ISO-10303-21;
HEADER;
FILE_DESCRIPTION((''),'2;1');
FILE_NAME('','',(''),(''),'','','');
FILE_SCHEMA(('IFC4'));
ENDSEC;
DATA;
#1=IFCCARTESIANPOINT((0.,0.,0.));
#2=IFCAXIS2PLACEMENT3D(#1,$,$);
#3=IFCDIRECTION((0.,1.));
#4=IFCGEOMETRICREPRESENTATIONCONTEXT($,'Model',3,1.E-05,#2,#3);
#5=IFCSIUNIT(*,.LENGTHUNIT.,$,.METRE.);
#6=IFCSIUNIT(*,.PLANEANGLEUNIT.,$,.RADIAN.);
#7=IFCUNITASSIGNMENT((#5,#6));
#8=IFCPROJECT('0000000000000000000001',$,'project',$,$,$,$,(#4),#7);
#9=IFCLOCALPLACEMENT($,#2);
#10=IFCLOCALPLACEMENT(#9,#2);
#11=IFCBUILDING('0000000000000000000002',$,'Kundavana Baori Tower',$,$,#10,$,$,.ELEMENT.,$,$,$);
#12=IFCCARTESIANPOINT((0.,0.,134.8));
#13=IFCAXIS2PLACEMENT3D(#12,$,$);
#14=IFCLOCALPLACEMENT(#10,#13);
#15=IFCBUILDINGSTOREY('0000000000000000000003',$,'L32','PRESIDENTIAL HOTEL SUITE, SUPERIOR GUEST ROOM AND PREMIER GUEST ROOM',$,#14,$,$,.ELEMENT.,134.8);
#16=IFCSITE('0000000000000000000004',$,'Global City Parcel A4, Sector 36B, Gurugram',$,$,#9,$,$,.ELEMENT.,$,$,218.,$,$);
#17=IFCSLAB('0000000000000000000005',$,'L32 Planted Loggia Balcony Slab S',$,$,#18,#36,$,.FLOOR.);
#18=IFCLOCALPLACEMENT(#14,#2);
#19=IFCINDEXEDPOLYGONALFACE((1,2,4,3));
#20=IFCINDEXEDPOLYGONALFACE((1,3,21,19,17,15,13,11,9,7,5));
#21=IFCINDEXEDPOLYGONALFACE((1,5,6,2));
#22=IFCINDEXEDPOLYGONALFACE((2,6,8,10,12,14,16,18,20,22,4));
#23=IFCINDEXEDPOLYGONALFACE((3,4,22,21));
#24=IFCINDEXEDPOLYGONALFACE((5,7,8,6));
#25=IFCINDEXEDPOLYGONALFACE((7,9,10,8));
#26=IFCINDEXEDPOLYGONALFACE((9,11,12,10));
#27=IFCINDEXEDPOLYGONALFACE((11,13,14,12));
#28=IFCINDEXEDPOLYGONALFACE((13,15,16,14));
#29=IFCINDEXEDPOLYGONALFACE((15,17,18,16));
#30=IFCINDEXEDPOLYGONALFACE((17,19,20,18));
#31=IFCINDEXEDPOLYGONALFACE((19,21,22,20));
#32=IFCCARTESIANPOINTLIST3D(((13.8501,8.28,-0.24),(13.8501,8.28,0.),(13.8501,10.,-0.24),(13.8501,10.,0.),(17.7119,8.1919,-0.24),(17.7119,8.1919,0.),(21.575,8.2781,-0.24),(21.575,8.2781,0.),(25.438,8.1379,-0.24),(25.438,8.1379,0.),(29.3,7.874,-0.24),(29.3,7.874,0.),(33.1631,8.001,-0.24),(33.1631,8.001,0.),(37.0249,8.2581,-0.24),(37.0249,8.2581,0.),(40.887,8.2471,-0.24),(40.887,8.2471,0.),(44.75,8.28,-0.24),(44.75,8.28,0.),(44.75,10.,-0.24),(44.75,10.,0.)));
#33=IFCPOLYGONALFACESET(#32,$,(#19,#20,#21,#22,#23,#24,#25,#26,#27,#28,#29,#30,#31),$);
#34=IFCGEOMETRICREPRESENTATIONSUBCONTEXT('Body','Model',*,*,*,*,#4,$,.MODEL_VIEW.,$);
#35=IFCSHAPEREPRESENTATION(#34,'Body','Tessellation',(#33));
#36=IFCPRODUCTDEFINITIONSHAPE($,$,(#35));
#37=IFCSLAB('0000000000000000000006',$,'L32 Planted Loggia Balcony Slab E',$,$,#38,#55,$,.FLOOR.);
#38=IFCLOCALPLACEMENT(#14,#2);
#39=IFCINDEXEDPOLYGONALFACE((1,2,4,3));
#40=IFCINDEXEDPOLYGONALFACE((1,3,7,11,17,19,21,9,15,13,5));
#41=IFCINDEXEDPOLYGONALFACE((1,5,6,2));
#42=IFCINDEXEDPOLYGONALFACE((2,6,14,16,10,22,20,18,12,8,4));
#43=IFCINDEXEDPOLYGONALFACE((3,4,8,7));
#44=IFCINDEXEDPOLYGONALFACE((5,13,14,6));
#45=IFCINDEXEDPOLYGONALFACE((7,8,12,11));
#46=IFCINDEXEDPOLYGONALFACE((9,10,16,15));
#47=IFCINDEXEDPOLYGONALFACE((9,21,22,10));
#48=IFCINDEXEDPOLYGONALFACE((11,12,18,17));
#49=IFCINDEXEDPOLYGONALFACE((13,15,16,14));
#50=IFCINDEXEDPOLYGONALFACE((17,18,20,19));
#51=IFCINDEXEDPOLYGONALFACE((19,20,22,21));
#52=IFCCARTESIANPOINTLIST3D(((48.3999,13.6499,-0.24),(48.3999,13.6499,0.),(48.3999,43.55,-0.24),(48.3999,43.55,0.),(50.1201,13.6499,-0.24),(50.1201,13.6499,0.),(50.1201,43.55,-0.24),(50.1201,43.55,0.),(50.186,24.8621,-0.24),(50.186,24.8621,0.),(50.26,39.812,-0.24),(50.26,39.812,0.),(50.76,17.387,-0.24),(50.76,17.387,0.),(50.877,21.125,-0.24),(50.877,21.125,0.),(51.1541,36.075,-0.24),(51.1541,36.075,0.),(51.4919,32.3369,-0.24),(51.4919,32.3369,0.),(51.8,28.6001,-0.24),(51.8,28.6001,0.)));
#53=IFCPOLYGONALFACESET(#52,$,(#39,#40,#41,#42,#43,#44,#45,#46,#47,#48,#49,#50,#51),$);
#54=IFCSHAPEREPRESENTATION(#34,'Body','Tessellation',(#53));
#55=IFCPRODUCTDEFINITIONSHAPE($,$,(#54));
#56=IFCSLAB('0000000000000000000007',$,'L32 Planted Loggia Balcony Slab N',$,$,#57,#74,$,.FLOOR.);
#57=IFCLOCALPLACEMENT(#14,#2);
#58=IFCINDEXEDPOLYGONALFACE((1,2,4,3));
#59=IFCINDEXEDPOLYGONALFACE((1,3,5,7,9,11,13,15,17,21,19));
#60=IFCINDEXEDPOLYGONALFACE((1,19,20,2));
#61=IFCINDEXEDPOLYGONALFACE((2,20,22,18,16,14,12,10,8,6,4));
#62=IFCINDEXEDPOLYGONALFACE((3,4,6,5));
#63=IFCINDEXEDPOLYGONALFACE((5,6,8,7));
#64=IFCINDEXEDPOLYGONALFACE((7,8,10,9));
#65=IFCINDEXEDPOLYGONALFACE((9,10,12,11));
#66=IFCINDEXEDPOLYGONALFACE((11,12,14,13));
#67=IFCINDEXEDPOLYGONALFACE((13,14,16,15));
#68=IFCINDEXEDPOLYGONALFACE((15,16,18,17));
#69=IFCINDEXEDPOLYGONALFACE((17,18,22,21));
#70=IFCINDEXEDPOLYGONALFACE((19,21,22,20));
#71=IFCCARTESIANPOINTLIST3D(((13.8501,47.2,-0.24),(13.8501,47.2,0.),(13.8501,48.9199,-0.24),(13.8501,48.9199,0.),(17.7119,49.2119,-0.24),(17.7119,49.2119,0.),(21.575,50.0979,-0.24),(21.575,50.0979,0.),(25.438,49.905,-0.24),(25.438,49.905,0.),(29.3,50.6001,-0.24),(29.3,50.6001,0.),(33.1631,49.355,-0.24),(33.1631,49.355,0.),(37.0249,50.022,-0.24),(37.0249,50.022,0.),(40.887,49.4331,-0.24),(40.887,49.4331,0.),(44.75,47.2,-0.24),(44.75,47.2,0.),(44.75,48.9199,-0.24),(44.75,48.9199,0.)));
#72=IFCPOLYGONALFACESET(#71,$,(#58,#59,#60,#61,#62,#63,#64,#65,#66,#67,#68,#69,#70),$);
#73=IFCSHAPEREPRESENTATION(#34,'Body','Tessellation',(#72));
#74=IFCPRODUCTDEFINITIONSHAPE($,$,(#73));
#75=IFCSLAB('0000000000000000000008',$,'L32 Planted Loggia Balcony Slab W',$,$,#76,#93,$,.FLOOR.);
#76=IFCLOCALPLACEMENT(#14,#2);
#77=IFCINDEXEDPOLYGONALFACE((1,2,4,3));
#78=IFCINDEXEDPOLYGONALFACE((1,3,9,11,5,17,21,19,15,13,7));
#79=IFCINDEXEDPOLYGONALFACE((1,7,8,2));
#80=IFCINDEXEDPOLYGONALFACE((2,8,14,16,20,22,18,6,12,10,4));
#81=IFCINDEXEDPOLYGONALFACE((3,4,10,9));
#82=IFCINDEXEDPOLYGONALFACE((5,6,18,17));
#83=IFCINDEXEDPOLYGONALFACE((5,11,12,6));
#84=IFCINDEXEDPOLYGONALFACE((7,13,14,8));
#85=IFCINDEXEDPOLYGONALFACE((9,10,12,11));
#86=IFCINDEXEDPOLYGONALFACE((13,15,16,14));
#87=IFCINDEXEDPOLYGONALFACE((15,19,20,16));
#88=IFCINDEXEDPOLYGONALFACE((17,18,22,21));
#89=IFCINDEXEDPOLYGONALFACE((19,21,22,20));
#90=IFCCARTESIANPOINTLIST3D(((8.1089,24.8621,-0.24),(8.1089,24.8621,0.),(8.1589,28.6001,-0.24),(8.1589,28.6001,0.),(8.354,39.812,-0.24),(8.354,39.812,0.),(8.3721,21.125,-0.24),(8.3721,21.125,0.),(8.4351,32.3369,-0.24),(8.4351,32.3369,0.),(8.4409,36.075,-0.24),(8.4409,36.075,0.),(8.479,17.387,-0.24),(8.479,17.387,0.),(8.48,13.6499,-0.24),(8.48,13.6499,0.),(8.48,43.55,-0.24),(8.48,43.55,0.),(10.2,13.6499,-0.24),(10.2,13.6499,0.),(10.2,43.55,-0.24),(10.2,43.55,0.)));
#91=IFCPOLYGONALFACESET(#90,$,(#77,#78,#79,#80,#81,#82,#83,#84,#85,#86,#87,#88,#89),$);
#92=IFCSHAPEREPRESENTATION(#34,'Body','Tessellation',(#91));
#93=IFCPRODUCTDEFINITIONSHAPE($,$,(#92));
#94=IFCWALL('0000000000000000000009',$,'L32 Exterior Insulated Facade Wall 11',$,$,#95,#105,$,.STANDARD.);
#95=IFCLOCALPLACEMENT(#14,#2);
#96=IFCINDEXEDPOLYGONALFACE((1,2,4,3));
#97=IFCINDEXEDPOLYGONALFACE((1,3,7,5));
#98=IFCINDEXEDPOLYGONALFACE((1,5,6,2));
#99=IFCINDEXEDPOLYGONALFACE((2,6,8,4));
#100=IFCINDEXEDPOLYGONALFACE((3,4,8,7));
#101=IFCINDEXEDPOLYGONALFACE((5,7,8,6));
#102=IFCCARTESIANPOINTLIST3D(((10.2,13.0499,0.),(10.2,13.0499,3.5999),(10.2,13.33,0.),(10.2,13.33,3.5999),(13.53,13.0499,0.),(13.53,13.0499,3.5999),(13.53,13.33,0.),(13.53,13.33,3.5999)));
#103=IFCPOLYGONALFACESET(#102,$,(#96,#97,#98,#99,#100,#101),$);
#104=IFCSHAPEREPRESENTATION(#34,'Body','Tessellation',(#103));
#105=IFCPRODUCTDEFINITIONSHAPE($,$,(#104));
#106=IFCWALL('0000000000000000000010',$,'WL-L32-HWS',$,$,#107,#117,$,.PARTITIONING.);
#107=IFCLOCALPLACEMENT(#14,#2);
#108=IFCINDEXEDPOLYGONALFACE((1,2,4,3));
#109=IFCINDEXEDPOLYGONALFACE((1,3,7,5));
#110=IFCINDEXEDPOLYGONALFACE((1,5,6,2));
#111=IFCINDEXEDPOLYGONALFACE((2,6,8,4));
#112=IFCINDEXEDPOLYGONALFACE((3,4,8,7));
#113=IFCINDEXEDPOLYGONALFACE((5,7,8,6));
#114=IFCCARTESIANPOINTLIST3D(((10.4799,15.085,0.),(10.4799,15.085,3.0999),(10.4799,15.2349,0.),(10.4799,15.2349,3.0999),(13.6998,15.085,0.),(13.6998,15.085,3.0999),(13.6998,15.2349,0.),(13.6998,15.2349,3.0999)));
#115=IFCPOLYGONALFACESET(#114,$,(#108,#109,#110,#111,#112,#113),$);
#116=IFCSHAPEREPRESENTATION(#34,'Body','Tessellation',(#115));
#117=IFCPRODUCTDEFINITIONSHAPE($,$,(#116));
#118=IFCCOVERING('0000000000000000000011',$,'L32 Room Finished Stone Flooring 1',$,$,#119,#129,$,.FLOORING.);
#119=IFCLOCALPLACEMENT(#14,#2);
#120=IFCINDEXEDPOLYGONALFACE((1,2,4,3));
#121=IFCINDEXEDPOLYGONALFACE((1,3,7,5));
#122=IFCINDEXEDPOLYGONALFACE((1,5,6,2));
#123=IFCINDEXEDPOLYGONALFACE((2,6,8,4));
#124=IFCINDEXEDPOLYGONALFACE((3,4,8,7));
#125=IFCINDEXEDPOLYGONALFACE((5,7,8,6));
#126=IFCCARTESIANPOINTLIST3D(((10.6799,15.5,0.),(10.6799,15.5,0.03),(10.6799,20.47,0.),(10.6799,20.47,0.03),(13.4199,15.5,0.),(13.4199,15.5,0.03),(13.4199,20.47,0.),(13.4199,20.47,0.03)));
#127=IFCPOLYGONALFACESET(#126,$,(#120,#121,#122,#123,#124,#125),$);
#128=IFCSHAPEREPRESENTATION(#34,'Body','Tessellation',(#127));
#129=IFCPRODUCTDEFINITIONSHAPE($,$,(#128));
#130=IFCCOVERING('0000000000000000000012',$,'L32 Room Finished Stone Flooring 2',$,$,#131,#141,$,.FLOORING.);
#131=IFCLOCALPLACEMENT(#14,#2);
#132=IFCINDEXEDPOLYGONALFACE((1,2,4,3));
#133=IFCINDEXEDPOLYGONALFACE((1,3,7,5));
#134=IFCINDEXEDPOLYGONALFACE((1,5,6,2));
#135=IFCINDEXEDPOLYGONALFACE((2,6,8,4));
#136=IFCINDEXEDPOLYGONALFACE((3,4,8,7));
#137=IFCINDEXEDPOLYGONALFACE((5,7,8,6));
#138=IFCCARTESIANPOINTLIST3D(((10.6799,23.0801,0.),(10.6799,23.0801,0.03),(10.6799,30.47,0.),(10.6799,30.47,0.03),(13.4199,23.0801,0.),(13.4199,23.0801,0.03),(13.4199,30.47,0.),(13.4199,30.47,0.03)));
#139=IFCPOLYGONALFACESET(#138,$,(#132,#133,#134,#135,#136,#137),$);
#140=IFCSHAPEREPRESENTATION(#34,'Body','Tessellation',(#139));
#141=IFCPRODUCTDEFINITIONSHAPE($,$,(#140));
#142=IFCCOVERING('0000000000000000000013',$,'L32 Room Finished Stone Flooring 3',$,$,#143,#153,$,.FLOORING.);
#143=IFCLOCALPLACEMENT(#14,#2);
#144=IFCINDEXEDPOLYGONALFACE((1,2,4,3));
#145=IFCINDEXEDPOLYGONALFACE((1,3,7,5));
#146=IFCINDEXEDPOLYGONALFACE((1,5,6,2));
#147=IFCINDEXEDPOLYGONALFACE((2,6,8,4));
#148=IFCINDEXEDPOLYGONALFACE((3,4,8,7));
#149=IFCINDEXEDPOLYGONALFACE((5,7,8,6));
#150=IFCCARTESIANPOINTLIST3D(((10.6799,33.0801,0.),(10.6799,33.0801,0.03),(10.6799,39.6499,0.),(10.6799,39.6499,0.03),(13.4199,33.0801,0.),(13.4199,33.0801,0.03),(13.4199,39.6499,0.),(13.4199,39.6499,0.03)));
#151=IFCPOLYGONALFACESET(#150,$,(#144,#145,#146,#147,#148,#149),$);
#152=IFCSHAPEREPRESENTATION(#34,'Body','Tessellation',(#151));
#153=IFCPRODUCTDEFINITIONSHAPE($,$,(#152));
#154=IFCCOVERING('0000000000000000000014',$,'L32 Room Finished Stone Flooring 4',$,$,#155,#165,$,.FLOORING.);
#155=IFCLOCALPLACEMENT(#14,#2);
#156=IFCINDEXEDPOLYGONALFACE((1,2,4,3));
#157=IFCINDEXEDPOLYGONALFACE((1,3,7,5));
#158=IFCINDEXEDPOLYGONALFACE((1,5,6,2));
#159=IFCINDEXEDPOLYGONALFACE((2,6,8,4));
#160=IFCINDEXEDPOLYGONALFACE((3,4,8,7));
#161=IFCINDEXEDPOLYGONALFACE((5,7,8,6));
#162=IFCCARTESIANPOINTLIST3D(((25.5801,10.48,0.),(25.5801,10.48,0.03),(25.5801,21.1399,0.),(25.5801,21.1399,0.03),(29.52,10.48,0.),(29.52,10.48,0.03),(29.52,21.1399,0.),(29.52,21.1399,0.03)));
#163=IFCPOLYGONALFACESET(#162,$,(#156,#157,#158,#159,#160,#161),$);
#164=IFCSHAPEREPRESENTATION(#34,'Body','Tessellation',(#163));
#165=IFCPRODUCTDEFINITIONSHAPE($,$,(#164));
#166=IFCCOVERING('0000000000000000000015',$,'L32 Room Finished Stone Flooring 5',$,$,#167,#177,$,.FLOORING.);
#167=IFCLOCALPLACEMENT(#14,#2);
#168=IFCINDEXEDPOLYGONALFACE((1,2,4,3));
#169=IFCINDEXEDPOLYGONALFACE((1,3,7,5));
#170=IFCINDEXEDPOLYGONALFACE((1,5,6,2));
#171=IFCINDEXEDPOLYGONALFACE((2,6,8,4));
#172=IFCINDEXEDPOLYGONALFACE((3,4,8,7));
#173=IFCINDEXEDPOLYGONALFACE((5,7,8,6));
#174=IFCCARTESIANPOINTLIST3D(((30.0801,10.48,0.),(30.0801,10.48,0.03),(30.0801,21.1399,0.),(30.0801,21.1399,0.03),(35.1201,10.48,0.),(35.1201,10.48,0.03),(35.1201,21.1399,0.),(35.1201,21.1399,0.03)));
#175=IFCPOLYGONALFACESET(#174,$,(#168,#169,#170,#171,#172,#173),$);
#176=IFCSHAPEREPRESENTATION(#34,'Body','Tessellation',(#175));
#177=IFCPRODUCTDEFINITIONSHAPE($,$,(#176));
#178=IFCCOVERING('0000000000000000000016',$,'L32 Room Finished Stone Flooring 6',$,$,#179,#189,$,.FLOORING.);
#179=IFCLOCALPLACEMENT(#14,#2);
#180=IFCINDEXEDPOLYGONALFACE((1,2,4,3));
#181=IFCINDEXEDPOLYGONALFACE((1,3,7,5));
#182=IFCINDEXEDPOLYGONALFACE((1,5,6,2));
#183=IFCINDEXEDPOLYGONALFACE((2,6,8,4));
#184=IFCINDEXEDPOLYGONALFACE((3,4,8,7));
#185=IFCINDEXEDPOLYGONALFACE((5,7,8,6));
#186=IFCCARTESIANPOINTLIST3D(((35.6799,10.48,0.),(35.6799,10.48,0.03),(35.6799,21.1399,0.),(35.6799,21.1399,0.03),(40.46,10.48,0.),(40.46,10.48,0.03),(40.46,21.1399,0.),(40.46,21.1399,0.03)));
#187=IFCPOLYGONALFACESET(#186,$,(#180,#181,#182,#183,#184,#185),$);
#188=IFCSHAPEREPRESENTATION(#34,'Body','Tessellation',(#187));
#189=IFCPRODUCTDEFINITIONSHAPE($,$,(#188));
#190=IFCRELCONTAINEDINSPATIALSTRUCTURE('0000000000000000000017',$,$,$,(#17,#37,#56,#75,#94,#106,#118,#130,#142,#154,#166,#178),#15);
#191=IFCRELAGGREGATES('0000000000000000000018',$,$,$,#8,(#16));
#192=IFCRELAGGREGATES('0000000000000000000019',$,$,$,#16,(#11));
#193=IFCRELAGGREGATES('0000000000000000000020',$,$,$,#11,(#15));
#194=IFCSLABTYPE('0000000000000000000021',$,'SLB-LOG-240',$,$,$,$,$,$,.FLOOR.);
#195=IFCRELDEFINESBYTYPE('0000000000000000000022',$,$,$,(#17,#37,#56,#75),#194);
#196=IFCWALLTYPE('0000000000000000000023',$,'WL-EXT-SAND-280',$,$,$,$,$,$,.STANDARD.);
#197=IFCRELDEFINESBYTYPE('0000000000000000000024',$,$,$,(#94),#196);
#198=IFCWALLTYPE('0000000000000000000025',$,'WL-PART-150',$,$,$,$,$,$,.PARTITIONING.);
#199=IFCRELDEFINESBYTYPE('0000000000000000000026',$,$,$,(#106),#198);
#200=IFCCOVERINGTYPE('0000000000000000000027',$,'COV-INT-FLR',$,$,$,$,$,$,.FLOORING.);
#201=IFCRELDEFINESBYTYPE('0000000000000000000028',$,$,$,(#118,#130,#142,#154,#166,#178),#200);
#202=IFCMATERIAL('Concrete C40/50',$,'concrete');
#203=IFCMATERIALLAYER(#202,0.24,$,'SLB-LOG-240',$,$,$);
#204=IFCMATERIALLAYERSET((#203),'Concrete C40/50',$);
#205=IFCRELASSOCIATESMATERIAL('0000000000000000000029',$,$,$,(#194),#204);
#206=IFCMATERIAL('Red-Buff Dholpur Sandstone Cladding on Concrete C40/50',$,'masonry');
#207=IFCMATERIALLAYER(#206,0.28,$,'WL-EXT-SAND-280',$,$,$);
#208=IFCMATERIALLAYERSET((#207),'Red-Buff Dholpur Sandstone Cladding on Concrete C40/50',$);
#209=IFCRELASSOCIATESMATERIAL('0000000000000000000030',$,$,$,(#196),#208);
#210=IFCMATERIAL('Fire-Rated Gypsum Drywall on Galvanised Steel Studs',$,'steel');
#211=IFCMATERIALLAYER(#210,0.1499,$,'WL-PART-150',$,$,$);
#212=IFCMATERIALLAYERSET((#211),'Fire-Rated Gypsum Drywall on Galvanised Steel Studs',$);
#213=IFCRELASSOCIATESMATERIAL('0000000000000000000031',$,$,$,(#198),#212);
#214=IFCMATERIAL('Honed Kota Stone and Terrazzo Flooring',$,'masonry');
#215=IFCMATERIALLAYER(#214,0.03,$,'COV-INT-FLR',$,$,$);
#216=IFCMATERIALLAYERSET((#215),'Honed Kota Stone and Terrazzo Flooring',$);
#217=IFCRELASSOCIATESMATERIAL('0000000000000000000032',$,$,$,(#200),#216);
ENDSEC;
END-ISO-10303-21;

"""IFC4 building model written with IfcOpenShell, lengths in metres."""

from ifc_helpers import new_model, si_unit, direction, frame, frame_2d, origin, place, context, subcontext, project, spatial, polyline, rectangle, outline, extrude, material, layer, layer_set, type_object, element, save


model = new_model("IFC4")

# Units and contexts
model_context = context("Model", 3, precision=1e-05, world=origin(), true_north=direction((0.0, 1.0)))
body_context = subcontext(model_context, "Body", "Model", "MODEL_VIEW")
ifc_project = project(units=[si_unit("LENGTHUNIT", "METRE"), si_unit("PLANEANGLEUNIT", "RADIAN")], contexts=[model_context])

# Site, building, storey
site_placement = place(None, origin())
site = spatial("IfcSite", under=ifc_project, at=site_placement, Name="Global City Parcel A4, Sector 36B, Gurugram", CompositionType="ELEMENT", RefElevation=218.0)
building_placement = place(site_placement, origin())
building = spatial("IfcBuilding", under=site, at=building_placement, Name="Kundavana Baori Tower", CompositionType="ELEMENT")
storey_placement = place(building_placement, frame((0.0, 0.0, 134.8)))
storey = spatial("IfcBuildingStorey", under=building, at=storey_placement, Name="L32", Description="PRESIDENTIAL HOTEL SUITE, SUPERIOR GUEST ROOM AND PREMIER GUEST ROOM", CompositionType="ELEMENT", Elevation=134.8)

# Slabs
ifc_material_1 = material(Name="Concrete C40/50", Category="concrete")
ifc_layer_1 = layer(ifc_material_1, 0.24, Name="SLB-LOG-240")
ifc_layer_set_1 = layer_set([ifc_layer_1], Name="Concrete C40/50")
slab_type_1 = type_object("IfcSlabType", Name="SLB-LOG-240", PredefinedType="FLOOR", material=ifc_layer_set_1)
slab_1_placement = place(storey_placement, frame((0.0, 0.0, -0.24)))
element("IfcSlab", 1, at=slab_1_placement, inside=storey, type_object=slab_type_1, Name="L32 Planted Loggia Balcony Slab S", PredefinedType="FLOOR", context=body_context, shape_type="SweptSolid", body=[
    extrude(outline(polyline([(13.8501, 10.0), (44.75, 10.0), (44.75, 8.28), (40.887, 8.2471), (37.0249, 8.2581), (33.1631, 8.001), (29.3, 7.874), (25.438, 8.1379), (21.575, 8.2781), (17.7119, 8.1919), (13.8501, 8.28), (13.8501, 10.0)])), origin(), (0.0, 0.0, 1.0), 0.24),
])
slab_2_placement = place(storey_placement, frame((0.0, 0.0, -0.24)))
element("IfcSlab", 2, at=slab_2_placement, inside=storey, type_object=slab_type_1, Name="L32 Planted Loggia Balcony Slab E", PredefinedType="FLOOR", context=body_context, shape_type="SweptSolid", body=[
    extrude(outline(polyline([(48.3999, 13.6499), (48.3999, 43.55), (50.1201, 43.55), (50.26, 39.812), (51.1541, 36.075), (51.4919, 32.3369), (51.8, 28.6001), (50.186, 24.8621), (50.877, 21.125), (50.76, 17.387), (50.1201, 13.6499), (48.3999, 13.6499)])), origin(), (0.0, 0.0, 1.0), 0.24),
])
slab_3_placement = place(storey_placement, frame((0.0, 0.0, -0.24)))
element("IfcSlab", 3, at=slab_3_placement, inside=storey, type_object=slab_type_1, Name="L32 Planted Loggia Balcony Slab N", PredefinedType="FLOOR", context=body_context, shape_type="SweptSolid", body=[
    extrude(outline(polyline([(44.75, 47.2), (13.8501, 47.2), (13.8501, 48.9199), (17.7119, 49.2119), (21.575, 50.0979), (25.438, 49.905), (29.3, 50.6001), (33.1631, 49.355), (37.0249, 50.022), (40.887, 49.4331), (44.75, 48.9199), (44.75, 47.2)])), origin(), (0.0, 0.0, 1.0), 0.24),
])
slab_4_placement = place(storey_placement, frame((0.0, 0.0, -0.24)))
element("IfcSlab", 4, at=slab_4_placement, inside=storey, type_object=slab_type_1, Name="L32 Planted Loggia Balcony Slab W", PredefinedType="FLOOR", context=body_context, shape_type="SweptSolid", body=[
    extrude(outline(polyline([(10.2, 43.55), (10.2, 13.6499), (8.48, 13.6499), (8.479, 17.387), (8.3721, 21.125), (8.1089, 24.8621), (8.1589, 28.6001), (8.4351, 32.3369), (8.4409, 36.075), (8.354, 39.812), (8.48, 43.55), (10.2, 43.55)])), origin(), (0.0, 0.0, 1.0), 0.24),
])

# Walls
ifc_material_2 = material(Name="Red-Buff Dholpur Sandstone Cladding on Concrete C40/50", Category="masonry")
ifc_layer_2 = layer(ifc_material_2, 0.28, Name="WL-EXT-SAND-280")
ifc_layer_set_2 = layer_set([ifc_layer_2], Name="Red-Buff Dholpur Sandstone Cladding on Concrete C40/50")
wall_type_1 = type_object("IfcWallType", Name="WL-EXT-SAND-280", PredefinedType="STANDARD", material=ifc_layer_set_2)
wall_1_placement = place(storey_placement, frame((10.2, 13.1899, 0.0), z_axis=(0.0, 0.0, 1.0), x_axis=(1.0, 0.0, 0.0)))
element("IfcWall", 5, at=wall_1_placement, inside=storey, type_object=wall_type_1, Name="L32 Exterior Insulated Facade Wall 11", PredefinedType="STANDARD", context=body_context, shape_type="SweptSolid", body=[
    extrude(rectangle(XDim=3.3301, YDim=0.28, at=frame_2d((1.665, 0.0))), origin(), (0.0, 0.0, 1.0), 3.5999),
])
ifc_material_3 = material(Name="Fire-Rated Gypsum Drywall on Galvanised Steel Studs", Category="steel")
ifc_layer_3 = layer(ifc_material_3, 0.1499, Name="WL-PART-150")
ifc_layer_set_3 = layer_set([ifc_layer_3], Name="Fire-Rated Gypsum Drywall on Galvanised Steel Studs")
wall_type_2 = type_object("IfcWallType", Name="WL-PART-150", PredefinedType="PARTITIONING", material=ifc_layer_set_3)
wall_2_placement = place(storey_placement, frame((10.48, 15.1599, 0.0), z_axis=(0.0, 0.0, 1.0), x_axis=(1.0, 0.0, 0.0)))
element("IfcWall", 6, at=wall_2_placement, inside=storey, type_object=wall_type_2, Name="WL-L32-HWS", PredefinedType="PARTITIONING", context=body_context, shape_type="SweptSolid", body=[
    extrude(rectangle(XDim=3.22, YDim=0.1499, at=frame_2d((1.6099, 0.0))), origin(), (0.0, 0.0, 1.0), 3.0999),
])

# Coverings
ifc_material_4 = material(Name="Honed Kota Stone and Terrazzo Flooring", Category="masonry")
ifc_layer_4 = layer(ifc_material_4, 0.03, Name="COV-INT-FLR")
ifc_layer_set_4 = layer_set([ifc_layer_4], Name="Honed Kota Stone and Terrazzo Flooring")
covering_type = type_object("IfcCoveringType", Name="COV-INT-FLR", PredefinedType="FLOORING", material=ifc_layer_set_4)
covering_1_placement = place(storey_placement, origin())
element("IfcCovering", 7, at=covering_1_placement, inside=storey, type_object=covering_type, Name="L32 Room Finished Stone Flooring 1", PredefinedType="FLOORING", context=body_context, shape_type="SweptSolid", body=[
    extrude(outline(polyline([(10.6799, 15.5), (13.4199, 15.5), (13.4199, 20.47), (10.6799, 20.47), (10.6799, 15.5)])), origin(), (0.0, 0.0, 1.0), 0.03),
])
covering_2_placement = place(storey_placement, origin())
element("IfcCovering", 8, at=covering_2_placement, inside=storey, type_object=covering_type, Name="L32 Room Finished Stone Flooring 2", PredefinedType="FLOORING", context=body_context, shape_type="SweptSolid", body=[
    extrude(outline(polyline([(10.6799, 23.0801), (13.4199, 23.0801), (13.4199, 30.47), (10.6799, 30.47), (10.6799, 23.0801)])), origin(), (0.0, 0.0, 1.0), 0.03),
])
covering_3_placement = place(storey_placement, origin())
element("IfcCovering", 9, at=covering_3_placement, inside=storey, type_object=covering_type, Name="L32 Room Finished Stone Flooring 3", PredefinedType="FLOORING", context=body_context, shape_type="SweptSolid", body=[
    extrude(outline(polyline([(10.6799, 33.0801), (13.4199, 33.0801), (13.4199, 39.6499), (10.6799, 39.6499), (10.6799, 33.0801)])), origin(), (0.0, 0.0, 1.0), 0.03),
])
covering_4_placement = place(storey_placement, origin())
element("IfcCovering", 10, at=covering_4_placement, inside=storey, type_object=covering_type, Name="L32 Room Finished Stone Flooring 4", PredefinedType="FLOORING", context=body_context, shape_type="SweptSolid", body=[
    extrude(outline(polyline([(25.5801, 10.48), (29.52, 10.48), (29.52, 21.1399), (25.5801, 21.1399), (25.5801, 10.48)])), origin(), (0.0, 0.0, 1.0), 0.03),
])
covering_5_placement = place(storey_placement, origin())
element("IfcCovering", 11, at=covering_5_placement, inside=storey, type_object=covering_type, Name="L32 Room Finished Stone Flooring 5", PredefinedType="FLOORING", context=body_context, shape_type="SweptSolid", body=[
    extrude(outline(polyline([(30.0801, 10.48), (35.1201, 10.48), (35.1201, 21.1399), (30.0801, 21.1399), (30.0801, 10.48)])), origin(), (0.0, 0.0, 1.0), 0.03),
])
covering_6_placement = place(storey_placement, origin())
element("IfcCovering", 12, at=covering_6_placement, inside=storey, type_object=covering_type, Name="L32 Room Finished Stone Flooring 6", PredefinedType="FLOORING", context=body_context, shape_type="SweptSolid", body=[
    extrude(outline(polyline([(35.6799, 10.48), (40.46, 10.48), (40.46, 21.1399), (35.6799, 21.1399), (35.6799, 10.48)])), origin(), (0.0, 0.0, 1.0), 0.03),
])

save(model, "model.ifc")
